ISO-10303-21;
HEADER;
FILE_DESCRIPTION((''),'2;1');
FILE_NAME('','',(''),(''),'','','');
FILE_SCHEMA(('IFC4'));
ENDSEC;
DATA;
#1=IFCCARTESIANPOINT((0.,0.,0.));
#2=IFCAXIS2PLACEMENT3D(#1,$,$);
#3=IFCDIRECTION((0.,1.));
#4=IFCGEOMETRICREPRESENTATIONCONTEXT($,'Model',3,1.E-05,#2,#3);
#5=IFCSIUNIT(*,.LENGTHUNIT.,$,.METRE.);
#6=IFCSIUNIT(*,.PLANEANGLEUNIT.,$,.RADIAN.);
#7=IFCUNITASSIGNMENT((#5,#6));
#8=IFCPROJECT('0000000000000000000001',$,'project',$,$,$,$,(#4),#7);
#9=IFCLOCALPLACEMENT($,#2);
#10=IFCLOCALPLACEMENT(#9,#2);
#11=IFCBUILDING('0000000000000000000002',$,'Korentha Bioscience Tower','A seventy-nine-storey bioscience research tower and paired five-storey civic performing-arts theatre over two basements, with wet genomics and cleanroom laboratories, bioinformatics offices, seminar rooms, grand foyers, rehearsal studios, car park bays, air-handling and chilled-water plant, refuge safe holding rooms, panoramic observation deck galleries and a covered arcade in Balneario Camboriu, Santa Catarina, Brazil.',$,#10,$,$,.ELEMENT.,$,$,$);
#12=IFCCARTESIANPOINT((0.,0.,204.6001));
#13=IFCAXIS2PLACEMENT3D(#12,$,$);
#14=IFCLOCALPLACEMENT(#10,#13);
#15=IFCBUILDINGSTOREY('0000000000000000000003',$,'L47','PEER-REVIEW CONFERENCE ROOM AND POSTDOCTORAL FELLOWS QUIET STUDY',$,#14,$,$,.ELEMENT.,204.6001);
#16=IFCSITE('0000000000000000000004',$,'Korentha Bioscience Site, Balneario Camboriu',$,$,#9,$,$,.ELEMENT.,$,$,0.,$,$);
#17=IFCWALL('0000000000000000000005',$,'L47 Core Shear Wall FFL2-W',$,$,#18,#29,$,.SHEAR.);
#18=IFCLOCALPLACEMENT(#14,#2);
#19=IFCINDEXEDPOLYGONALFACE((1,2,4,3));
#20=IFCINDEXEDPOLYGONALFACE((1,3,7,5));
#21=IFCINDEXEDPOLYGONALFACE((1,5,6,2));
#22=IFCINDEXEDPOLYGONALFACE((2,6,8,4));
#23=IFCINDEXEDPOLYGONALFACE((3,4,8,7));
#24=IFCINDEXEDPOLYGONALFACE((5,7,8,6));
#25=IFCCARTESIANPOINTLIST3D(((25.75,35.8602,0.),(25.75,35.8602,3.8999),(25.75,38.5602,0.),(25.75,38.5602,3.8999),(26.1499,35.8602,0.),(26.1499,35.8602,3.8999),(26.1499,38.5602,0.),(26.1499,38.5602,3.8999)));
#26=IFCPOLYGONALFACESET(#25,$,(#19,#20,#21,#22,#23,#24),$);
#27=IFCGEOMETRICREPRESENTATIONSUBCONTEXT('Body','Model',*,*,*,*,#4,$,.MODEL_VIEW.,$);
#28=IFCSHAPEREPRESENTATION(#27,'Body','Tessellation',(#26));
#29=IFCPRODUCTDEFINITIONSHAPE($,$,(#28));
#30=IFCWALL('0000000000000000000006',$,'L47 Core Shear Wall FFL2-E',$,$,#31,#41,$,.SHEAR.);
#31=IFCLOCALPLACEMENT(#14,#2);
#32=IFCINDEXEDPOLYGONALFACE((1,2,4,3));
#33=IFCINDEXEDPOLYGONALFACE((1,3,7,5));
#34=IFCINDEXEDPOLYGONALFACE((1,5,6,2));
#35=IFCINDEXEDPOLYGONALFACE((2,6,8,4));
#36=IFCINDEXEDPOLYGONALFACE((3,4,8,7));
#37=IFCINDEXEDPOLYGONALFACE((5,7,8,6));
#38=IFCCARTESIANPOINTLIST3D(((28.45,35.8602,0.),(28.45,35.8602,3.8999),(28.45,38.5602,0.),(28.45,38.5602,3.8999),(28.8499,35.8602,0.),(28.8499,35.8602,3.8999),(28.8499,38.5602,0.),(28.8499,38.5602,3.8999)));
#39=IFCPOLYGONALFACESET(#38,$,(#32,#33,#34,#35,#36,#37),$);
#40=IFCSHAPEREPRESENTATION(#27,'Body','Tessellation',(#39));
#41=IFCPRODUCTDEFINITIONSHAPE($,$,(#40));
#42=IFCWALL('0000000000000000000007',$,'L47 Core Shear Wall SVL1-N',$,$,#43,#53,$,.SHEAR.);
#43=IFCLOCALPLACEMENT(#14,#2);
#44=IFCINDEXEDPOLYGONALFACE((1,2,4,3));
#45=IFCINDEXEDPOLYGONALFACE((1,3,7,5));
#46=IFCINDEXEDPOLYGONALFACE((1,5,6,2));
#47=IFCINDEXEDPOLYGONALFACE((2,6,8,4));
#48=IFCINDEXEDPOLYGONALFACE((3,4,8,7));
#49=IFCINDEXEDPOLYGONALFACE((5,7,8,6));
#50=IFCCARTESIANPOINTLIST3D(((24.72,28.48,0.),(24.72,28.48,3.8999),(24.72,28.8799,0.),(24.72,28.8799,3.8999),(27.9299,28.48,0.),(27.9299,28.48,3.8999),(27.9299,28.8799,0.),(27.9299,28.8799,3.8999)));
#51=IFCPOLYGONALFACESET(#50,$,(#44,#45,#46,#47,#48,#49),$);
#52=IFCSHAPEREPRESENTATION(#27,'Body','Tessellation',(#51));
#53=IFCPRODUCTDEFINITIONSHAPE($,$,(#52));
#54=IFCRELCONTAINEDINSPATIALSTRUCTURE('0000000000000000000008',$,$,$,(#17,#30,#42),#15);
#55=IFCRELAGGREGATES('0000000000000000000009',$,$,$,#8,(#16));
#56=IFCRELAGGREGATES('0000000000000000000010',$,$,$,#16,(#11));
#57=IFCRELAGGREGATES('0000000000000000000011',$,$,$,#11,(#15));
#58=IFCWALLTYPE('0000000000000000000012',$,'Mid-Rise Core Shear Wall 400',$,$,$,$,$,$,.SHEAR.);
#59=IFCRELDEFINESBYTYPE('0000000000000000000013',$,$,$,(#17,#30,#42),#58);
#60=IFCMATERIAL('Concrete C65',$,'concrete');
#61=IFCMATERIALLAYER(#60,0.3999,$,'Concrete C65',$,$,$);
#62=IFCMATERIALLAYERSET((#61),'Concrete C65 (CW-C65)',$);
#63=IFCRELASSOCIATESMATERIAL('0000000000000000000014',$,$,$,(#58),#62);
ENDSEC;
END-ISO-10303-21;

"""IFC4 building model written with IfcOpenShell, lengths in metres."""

from ifc_helpers import new_model, si_unit, direction, frame, frame_2d, origin, place, context, subcontext, project, spatial, rectangle, extrude, material, layer, layer_set, type_object, element, save


model = new_model("IFC4")

# Units and contexts
model_context = context("Model", 3, precision=1e-05, world=origin(), true_north=direction((0.0, 1.0)))
body_context = subcontext(model_context, "Body", "Model", "MODEL_VIEW")
ifc_project = project(units=[si_unit("LENGTHUNIT", "METRE"), si_unit("PLANEANGLEUNIT", "RADIAN")], contexts=[model_context])

# Site, building, storey
site_placement = place(None, origin())
site = spatial("IfcSite", under=ifc_project, at=site_placement, Name="Korentha Bioscience Site, Balneario Camboriu", CompositionType="ELEMENT", RefElevation=0.0)
building_placement = place(site_placement, origin())
building = spatial("IfcBuilding", under=site, at=building_placement, Name="Korentha Bioscience Tower", Description="A seventy-nine-storey bioscience research tower and paired five-storey civic performing-arts theatre over two basements, with wet genomics and cleanroom laboratories, bioinformatics offices, seminar rooms, grand foyers, rehearsal studios, car park bays, air-handling and chilled-water plant, refuge safe holding rooms, panoramic observation deck galleries and a covered arcade in Balneario Camboriu, Santa Catarina, Brazil.", CompositionType="ELEMENT")
storey_placement = place(building_placement, frame((0.0, 0.0, 204.6001)))
storey = spatial("IfcBuildingStorey", under=building, at=storey_placement, Name="L47", Description="PEER-REVIEW CONFERENCE ROOM AND POSTDOCTORAL FELLOWS QUIET STUDY", CompositionType="ELEMENT", Elevation=204.6001)

# Shared definitions
ifc_material_1 = material(Name="Concrete C65", Category="concrete")

# Shared definitions
ifc_layer_1 = layer(ifc_material_1, 0.3999, Name="Concrete C65")
ifc_layer_set_1 = layer_set([ifc_layer_1], Name="Concrete C65 (CW-C65)")
wall_type_1 = type_object("IfcWallType", Name="Mid-Rise Core Shear Wall 400", PredefinedType="SHEAR", material=ifc_layer_set_1)

# Walls
for number, where, z_axis, x_axis, name in (
    (1, (25.95, 35.8601, 0.0), (0.0, 0.0, 1.0), (0.0, 1.0, 0.0), "L47 Core Shear Wall FFL2-W"),
    (2, (28.6499, 35.8601, 0.0), (0.0, 0.0, 1.0), (0.0, 1.0, 0.0), "L47 Core Shear Wall FFL2-E"),
):
    element("IfcWall", number, at=place(storey_placement, frame(where, z_axis=z_axis, x_axis=x_axis)), inside=storey, type_object=wall_type_1, Name=name, PredefinedType="SHEAR", context=body_context, shape_type="SweptSolid", body=[
        extrude(rectangle(XDim=2.7, YDim=0.3999, at=frame_2d((1.3501, 0.0))), origin(), (0.0, 0.0, 1.0), 3.8999),
    ])
wall_1_placement = place(storey_placement, frame((24.72, 28.6799, 0.0), z_axis=(0.0, 0.0, 1.0), x_axis=(1.0, 0.0, 0.0)))
element("IfcWall", 3, at=wall_1_placement, inside=storey, type_object=wall_type_1, Name="L47 Core Shear Wall SVL1-N", PredefinedType="SHEAR", context=body_context, shape_type="SweptSolid", body=[
    extrude(rectangle(XDim=3.21, YDim=0.3999, at=frame_2d((1.605, 0.0))), origin(), (0.0, 0.0, 1.0), 3.8999),
])

save(model, "model.ifc")
